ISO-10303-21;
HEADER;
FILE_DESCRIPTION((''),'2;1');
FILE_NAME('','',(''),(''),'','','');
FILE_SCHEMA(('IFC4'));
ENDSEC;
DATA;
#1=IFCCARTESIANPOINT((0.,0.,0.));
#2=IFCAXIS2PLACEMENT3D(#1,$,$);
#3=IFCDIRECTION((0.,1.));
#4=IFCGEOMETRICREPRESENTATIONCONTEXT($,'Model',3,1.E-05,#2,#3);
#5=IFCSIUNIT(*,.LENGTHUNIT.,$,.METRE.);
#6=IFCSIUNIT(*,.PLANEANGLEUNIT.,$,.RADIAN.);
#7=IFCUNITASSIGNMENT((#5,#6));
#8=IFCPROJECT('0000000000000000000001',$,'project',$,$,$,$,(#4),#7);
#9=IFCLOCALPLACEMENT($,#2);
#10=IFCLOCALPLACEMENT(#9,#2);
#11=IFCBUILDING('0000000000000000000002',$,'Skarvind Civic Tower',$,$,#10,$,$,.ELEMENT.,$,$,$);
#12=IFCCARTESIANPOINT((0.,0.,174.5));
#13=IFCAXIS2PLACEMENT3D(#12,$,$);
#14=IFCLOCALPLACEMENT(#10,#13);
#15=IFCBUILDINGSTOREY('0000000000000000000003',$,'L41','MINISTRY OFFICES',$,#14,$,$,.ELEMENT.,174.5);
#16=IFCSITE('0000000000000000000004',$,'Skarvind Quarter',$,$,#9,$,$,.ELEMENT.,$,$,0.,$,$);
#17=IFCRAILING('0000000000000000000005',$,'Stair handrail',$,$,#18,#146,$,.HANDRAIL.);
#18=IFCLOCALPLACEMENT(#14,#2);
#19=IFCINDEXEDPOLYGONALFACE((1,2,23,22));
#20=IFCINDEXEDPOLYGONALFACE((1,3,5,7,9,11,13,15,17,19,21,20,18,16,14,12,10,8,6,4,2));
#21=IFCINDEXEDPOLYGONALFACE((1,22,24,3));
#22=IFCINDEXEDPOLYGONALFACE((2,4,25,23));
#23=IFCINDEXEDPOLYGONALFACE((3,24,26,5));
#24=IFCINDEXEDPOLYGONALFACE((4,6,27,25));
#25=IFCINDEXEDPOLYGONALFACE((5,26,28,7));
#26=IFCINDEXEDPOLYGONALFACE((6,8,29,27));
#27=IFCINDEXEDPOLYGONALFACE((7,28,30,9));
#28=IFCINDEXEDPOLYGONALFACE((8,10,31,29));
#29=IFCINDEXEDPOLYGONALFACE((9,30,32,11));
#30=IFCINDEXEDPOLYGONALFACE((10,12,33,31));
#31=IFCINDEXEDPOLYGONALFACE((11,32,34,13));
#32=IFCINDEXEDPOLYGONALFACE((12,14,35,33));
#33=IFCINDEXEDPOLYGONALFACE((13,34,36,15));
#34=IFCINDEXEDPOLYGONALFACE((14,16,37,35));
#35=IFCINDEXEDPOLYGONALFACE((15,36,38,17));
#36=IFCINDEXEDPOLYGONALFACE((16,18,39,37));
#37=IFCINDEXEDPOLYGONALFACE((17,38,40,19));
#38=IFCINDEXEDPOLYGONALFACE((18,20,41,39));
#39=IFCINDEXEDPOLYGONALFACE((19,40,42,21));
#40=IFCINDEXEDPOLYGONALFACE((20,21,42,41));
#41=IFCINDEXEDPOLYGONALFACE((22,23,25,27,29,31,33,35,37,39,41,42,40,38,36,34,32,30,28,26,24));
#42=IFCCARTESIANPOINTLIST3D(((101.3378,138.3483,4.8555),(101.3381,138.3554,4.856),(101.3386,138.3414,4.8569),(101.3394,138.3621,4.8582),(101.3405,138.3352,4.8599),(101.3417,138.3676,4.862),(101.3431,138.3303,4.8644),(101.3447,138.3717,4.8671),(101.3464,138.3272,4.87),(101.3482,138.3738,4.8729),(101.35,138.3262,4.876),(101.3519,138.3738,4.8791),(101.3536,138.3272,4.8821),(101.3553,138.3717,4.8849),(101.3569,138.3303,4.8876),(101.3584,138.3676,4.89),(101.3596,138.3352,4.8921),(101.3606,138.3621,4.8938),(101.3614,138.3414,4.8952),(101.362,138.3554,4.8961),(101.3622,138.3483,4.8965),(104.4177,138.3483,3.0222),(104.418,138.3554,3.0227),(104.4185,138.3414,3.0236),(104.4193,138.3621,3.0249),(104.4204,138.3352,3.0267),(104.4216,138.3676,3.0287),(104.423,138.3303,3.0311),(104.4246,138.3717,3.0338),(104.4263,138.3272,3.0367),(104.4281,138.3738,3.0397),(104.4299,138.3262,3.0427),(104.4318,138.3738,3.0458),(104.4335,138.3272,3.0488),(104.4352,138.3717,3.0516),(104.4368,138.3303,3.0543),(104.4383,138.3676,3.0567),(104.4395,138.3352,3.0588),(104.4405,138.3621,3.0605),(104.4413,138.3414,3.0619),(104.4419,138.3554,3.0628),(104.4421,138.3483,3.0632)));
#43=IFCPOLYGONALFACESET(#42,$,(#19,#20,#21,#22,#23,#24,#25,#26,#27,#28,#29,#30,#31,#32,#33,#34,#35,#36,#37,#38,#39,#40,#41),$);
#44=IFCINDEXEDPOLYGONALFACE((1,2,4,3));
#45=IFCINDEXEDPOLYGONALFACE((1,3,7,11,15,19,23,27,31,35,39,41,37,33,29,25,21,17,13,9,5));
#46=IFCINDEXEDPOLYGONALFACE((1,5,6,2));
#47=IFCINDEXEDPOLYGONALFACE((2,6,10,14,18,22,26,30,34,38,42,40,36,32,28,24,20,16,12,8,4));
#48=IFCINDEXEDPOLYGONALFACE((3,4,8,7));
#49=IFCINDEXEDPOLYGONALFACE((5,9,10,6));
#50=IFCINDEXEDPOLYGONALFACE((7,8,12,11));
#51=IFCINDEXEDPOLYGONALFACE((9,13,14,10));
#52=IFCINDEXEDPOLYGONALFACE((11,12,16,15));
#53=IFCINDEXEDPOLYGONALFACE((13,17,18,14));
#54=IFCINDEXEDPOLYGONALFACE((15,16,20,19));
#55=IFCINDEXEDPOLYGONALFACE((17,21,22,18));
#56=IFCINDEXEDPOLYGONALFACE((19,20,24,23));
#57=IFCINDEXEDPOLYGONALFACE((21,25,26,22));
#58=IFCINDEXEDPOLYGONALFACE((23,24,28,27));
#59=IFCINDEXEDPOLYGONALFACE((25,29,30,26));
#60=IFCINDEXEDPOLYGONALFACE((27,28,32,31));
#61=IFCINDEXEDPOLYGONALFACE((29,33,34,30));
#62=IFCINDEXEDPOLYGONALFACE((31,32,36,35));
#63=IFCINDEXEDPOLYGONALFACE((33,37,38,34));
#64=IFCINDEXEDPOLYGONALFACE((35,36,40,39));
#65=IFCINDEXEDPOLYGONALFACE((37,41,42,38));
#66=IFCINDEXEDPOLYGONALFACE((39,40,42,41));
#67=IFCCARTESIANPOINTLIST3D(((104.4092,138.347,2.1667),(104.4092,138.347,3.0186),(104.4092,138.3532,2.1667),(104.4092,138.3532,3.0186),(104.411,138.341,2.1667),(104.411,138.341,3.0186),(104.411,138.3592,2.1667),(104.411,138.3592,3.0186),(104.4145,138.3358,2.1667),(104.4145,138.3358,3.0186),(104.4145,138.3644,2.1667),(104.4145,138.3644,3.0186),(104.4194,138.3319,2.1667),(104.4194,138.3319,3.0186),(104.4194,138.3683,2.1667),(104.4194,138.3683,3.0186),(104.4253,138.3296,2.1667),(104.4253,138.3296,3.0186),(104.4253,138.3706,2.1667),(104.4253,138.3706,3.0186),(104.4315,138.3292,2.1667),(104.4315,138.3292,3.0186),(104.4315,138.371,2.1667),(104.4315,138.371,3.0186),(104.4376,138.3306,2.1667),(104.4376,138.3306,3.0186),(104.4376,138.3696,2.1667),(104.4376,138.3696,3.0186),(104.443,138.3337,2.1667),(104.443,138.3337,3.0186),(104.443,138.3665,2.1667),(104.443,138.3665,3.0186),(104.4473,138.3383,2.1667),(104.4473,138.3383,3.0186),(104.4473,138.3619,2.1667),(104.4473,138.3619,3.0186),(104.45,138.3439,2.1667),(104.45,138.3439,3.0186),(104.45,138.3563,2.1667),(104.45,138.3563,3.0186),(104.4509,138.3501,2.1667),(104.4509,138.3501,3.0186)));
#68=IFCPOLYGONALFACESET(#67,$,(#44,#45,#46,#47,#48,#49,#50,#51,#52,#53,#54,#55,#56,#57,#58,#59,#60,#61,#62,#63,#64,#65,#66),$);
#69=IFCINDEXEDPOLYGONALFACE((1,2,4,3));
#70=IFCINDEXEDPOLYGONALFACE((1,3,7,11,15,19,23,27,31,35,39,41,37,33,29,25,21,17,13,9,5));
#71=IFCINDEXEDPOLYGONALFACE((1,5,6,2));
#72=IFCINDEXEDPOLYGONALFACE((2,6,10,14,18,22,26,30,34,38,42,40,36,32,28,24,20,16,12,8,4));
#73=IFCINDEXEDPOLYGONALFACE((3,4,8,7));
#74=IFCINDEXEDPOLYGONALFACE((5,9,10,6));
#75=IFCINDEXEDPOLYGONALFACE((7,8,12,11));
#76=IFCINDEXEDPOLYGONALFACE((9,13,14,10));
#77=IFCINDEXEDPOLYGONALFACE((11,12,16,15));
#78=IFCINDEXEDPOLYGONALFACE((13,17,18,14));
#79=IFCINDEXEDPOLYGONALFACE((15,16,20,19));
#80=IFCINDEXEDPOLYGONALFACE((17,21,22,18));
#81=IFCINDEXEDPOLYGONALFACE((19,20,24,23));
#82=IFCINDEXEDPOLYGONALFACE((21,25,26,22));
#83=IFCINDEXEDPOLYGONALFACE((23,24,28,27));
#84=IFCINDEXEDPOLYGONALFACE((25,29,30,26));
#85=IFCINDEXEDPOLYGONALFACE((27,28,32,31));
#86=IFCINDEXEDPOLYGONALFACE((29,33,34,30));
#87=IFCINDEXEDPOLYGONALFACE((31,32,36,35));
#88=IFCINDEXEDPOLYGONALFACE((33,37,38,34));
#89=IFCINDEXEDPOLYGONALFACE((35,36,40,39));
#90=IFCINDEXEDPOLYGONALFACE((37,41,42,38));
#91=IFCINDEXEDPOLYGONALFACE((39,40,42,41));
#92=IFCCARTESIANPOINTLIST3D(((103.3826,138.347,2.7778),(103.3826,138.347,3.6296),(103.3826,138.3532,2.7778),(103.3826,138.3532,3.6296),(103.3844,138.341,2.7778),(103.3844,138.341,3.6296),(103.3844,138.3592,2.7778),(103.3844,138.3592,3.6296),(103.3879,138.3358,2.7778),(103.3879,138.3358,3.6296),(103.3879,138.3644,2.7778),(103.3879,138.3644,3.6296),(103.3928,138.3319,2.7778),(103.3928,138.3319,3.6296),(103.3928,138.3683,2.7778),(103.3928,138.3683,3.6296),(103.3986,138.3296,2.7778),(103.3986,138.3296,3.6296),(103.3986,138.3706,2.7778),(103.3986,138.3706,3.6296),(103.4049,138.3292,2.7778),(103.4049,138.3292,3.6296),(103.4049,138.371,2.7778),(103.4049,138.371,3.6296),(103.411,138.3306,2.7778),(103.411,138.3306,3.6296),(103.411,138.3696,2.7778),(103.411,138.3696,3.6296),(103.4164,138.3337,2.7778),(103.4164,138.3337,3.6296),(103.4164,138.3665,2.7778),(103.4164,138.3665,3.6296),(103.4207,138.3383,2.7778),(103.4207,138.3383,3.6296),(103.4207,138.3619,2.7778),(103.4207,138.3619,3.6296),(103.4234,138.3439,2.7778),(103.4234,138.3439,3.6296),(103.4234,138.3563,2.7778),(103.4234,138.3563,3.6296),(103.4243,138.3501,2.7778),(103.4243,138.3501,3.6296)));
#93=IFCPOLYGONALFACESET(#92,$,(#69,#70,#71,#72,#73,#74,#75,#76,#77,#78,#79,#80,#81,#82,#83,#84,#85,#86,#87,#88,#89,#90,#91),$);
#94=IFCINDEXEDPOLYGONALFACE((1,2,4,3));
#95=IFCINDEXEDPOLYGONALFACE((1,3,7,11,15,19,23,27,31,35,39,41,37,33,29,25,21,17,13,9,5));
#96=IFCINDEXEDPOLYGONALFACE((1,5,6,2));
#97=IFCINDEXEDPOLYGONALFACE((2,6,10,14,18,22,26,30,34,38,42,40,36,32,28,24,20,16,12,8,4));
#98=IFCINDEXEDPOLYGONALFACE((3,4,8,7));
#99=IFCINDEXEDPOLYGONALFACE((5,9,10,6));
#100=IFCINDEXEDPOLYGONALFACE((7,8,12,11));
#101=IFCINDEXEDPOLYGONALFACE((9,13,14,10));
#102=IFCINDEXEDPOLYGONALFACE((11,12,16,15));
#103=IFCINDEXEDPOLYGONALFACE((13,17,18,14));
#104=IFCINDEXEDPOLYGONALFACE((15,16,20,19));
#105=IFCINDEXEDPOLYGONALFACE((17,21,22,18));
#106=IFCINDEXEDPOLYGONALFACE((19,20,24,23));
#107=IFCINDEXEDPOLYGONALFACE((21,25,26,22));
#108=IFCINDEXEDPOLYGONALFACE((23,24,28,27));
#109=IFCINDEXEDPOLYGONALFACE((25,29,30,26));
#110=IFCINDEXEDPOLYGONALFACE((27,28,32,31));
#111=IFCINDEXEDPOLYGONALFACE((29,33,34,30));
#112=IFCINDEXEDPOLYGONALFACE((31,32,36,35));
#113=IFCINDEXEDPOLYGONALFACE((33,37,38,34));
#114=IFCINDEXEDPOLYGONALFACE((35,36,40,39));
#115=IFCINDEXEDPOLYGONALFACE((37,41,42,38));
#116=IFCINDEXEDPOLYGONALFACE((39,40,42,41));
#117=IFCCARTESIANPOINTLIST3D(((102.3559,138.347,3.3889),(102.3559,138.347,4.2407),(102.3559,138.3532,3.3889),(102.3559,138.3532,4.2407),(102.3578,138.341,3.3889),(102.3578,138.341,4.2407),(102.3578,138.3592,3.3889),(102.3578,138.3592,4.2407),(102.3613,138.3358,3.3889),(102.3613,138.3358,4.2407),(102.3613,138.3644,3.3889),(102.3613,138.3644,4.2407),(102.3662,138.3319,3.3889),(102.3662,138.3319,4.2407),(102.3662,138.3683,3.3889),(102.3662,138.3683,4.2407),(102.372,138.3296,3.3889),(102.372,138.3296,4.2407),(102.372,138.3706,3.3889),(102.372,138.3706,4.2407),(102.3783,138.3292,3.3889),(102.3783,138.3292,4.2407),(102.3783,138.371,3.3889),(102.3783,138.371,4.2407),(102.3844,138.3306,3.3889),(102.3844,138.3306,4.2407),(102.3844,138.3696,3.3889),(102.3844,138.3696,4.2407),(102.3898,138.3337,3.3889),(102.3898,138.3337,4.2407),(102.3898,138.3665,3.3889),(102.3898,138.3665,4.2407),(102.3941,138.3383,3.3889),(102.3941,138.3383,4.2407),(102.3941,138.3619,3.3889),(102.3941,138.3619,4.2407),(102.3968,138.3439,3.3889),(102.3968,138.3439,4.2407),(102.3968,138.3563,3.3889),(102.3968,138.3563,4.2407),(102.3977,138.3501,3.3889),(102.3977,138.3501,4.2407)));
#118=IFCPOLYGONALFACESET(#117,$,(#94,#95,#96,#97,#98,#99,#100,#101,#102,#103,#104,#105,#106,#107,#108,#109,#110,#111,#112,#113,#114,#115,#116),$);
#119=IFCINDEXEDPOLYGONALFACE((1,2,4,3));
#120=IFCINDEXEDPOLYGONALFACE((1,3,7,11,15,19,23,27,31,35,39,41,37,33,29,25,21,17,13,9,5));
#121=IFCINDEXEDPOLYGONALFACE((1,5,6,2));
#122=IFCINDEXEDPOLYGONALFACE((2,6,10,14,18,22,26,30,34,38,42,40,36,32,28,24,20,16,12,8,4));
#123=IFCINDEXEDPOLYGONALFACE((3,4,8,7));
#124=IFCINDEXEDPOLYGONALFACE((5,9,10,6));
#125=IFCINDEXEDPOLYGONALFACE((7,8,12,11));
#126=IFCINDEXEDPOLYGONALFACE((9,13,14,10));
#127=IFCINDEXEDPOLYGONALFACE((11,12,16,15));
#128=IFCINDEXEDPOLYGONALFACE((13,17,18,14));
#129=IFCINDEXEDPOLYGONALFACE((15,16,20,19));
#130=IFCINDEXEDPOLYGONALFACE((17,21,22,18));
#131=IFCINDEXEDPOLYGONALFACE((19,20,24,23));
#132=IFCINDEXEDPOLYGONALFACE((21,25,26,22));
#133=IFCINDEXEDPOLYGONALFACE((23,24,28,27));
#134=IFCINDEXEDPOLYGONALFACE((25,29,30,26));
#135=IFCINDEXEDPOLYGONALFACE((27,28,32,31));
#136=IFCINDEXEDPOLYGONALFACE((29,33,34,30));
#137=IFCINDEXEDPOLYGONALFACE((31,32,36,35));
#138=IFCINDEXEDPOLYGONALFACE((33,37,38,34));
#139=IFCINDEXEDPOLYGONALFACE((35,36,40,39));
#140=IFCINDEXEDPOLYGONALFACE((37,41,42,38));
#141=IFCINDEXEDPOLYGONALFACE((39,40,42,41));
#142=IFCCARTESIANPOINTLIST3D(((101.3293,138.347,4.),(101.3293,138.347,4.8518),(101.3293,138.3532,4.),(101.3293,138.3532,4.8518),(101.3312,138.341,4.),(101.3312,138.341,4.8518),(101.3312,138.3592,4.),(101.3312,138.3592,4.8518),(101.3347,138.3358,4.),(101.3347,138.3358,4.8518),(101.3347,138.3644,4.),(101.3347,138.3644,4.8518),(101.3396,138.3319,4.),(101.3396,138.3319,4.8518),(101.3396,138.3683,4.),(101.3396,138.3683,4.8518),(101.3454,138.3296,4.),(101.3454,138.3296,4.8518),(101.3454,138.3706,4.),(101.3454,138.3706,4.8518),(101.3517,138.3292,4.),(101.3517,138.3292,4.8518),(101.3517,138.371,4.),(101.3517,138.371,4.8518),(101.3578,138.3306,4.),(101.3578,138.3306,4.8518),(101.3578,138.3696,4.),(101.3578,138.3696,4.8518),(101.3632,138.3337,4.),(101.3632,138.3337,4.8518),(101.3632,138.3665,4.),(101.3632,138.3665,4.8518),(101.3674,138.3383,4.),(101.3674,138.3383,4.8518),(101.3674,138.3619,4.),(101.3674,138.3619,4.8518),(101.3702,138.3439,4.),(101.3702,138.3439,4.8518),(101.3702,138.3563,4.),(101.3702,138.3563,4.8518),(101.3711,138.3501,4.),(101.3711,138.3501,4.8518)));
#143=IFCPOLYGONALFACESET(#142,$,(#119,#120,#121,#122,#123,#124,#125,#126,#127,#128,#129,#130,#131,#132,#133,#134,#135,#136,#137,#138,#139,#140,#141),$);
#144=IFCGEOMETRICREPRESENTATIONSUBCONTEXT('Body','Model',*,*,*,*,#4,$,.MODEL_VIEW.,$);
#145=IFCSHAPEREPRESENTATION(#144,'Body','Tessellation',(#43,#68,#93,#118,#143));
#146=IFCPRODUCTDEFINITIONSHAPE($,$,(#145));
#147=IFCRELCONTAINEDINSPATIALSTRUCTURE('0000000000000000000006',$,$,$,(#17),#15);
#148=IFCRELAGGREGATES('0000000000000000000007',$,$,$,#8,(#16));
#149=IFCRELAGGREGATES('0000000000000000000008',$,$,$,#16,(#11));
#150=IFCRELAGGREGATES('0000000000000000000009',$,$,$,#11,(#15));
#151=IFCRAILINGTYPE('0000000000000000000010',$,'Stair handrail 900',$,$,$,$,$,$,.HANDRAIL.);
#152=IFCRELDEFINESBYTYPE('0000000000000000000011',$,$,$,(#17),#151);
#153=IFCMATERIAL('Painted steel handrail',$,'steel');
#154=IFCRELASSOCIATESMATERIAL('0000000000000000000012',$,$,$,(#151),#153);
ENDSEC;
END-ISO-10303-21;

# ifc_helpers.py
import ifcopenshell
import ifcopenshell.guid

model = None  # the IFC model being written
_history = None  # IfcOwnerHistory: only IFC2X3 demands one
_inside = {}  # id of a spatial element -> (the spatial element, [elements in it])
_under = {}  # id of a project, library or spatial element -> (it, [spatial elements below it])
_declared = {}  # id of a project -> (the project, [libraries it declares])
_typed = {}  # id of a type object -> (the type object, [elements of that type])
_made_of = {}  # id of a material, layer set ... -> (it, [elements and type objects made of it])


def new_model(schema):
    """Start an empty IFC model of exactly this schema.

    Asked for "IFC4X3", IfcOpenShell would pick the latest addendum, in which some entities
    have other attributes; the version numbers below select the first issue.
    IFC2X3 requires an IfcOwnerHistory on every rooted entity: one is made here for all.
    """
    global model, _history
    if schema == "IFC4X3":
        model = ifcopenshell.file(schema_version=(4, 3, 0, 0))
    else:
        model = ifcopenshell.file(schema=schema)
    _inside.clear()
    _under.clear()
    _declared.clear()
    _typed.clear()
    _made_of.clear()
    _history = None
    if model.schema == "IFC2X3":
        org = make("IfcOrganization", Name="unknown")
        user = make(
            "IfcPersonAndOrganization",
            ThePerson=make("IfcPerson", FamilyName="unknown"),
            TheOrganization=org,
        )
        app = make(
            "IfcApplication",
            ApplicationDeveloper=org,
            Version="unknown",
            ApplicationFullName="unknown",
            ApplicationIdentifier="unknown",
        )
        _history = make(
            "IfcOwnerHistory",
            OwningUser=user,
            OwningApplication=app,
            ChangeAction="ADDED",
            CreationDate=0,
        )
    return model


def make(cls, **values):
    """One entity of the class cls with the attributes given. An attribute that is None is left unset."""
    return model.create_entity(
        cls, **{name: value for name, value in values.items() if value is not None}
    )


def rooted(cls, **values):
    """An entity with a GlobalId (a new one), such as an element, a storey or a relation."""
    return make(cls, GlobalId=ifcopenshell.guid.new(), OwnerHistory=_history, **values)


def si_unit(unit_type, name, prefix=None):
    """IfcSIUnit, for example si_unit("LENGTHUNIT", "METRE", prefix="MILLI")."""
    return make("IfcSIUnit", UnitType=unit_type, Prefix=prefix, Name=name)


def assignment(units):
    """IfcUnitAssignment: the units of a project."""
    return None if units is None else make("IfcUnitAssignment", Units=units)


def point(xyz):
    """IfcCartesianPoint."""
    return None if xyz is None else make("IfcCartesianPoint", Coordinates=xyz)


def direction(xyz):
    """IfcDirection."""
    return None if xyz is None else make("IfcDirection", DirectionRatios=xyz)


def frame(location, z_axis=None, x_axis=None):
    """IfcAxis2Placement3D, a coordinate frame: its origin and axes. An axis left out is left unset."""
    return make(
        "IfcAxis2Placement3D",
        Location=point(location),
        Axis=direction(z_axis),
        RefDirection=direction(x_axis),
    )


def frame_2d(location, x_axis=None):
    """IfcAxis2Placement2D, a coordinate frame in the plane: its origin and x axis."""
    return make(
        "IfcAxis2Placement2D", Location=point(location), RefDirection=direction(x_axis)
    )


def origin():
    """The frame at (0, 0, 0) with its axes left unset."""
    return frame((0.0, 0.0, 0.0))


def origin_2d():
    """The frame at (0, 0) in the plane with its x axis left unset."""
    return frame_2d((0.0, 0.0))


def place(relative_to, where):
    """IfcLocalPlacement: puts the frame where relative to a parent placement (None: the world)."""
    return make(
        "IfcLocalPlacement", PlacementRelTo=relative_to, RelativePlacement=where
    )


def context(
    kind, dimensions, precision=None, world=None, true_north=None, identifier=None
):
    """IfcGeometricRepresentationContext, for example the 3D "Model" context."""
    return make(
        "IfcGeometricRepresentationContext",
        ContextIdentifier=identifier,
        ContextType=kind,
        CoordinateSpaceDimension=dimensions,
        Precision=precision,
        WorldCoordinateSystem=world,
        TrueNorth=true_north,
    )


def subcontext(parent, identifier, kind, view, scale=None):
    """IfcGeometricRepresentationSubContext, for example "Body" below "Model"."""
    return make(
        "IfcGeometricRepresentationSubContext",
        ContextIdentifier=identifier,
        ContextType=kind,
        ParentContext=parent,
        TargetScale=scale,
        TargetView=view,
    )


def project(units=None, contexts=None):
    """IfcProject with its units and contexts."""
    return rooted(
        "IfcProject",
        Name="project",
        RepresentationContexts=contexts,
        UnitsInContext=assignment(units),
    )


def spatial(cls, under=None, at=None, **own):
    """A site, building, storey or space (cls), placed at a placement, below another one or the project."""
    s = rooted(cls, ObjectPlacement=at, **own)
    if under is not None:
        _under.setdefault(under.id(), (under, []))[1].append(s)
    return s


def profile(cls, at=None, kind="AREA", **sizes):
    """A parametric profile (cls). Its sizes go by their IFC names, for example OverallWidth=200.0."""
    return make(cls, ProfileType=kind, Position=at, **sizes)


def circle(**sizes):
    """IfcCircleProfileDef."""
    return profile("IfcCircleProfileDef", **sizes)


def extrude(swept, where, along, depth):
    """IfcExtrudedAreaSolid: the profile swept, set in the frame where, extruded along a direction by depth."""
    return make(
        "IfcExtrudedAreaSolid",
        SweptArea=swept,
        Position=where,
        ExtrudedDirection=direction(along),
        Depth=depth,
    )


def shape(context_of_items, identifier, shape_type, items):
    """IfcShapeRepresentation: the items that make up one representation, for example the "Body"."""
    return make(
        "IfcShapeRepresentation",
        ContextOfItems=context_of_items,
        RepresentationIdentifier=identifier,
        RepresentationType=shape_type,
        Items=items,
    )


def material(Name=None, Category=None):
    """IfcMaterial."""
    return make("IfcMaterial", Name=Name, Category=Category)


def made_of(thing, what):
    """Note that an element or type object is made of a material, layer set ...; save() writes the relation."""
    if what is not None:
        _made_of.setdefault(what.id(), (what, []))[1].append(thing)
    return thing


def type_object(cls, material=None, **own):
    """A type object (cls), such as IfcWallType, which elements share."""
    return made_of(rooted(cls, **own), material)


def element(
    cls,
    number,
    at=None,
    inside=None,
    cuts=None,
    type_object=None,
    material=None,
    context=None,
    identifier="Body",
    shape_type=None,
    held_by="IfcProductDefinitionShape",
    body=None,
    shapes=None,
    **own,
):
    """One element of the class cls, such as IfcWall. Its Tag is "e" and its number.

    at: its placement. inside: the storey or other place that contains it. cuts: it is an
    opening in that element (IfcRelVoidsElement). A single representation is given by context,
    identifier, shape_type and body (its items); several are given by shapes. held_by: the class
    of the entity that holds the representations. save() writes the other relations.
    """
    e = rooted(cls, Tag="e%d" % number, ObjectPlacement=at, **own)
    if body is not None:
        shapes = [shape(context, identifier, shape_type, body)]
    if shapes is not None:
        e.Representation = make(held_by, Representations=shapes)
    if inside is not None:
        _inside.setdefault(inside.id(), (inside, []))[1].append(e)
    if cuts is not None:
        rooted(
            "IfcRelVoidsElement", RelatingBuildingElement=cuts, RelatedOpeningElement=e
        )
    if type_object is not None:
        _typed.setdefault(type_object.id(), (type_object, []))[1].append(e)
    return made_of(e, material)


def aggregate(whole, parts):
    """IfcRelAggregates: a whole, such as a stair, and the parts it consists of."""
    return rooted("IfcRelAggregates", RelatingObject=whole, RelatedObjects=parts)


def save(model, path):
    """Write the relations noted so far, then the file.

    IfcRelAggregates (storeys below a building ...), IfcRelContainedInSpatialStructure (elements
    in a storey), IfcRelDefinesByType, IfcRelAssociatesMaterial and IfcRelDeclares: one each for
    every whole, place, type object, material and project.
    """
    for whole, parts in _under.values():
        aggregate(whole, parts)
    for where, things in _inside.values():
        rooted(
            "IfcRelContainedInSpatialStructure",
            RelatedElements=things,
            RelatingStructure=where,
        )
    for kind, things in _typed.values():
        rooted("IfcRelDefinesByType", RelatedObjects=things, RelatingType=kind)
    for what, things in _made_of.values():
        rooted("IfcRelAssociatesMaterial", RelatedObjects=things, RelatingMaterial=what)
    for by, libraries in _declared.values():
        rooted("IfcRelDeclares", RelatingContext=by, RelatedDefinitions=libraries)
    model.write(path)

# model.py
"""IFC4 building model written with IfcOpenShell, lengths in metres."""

from ifc_helpers import new_model, si_unit, direction, frame, origin, origin_2d, place, context, subcontext, project, spatial, circle, extrude, material, type_object, element, save


model = new_model("IFC4")

# Units and contexts
model_context = context("Model", 3, precision=1e-05, world=origin(), true_north=direction((0.0, 1.0)))
body_context = subcontext(model_context, "Body", "Model", "MODEL_VIEW")
ifc_project = project(units=[si_unit("LENGTHUNIT", "METRE"), si_unit("PLANEANGLEUNIT", "RADIAN")], contexts=[model_context])

# Site, building, storey
site_placement = place(None, origin())
site = spatial("IfcSite", under=ifc_project, at=site_placement, Name="Skarvind Quarter", CompositionType="ELEMENT", RefElevation=0.0)
building_placement = place(site_placement, origin())
building = spatial("IfcBuilding", under=site, at=building_placement, Name="Skarvind Civic Tower", CompositionType="ELEMENT")
storey_placement = place(building_placement, frame((0.0, 0.0, 174.5)))
storey = spatial("IfcBuildingStorey", under=building, at=storey_placement, Name="L41", Description="MINISTRY OFFICES", CompositionType="ELEMENT", Elevation=174.5)

# Railing
ifc_material_1 = material(Name="Painted steel handrail", Category="steel")
railing_type = type_object("IfcRailingType", Name="Stair handrail 900", PredefinedType="HANDRAIL", material=ifc_material_1)
railing_1_placement = place(storey_placement, frame((104.4299, 138.3501, 2.1667)))
element("IfcRailing", 1, at=railing_1_placement, inside=storey, type_object=railing_type, Name="Stair handrail", PredefinedType="HANDRAIL", context=body_context, shape_type="SweptSolid", body=[
    extrude(circle(Radius=0.0239, at=origin_2d()), frame((0.0, 0.0, 0.876), z_axis=(-0.859291, 0.0, 0.511487), x_axis=(0.0, -1.0, 0.0)), (0.0, 0.0, 1.0), 3.5842),
    extrude(circle(Radius=0.021, at=origin_2d()), origin(), (0.0, 0.0, 1.0), 0.8518),
    extrude(circle(Radius=0.021, at=origin_2d()), frame((-1.0266, 0.0, 0.6111)), (0.0, 0.0, 1.0), 0.8518),
    extrude(circle(Radius=0.021, at=origin_2d()), frame((-2.0532, 0.0, 1.2222)), (0.0, 0.0, 1.0), 0.8518),
    extrude(circle(Radius=0.021, at=origin_2d()), frame((-3.0798, 0.0, 1.8333)), (0.0, 0.0, 1.0), 0.8518),
])

save(model, "model.ifc")
